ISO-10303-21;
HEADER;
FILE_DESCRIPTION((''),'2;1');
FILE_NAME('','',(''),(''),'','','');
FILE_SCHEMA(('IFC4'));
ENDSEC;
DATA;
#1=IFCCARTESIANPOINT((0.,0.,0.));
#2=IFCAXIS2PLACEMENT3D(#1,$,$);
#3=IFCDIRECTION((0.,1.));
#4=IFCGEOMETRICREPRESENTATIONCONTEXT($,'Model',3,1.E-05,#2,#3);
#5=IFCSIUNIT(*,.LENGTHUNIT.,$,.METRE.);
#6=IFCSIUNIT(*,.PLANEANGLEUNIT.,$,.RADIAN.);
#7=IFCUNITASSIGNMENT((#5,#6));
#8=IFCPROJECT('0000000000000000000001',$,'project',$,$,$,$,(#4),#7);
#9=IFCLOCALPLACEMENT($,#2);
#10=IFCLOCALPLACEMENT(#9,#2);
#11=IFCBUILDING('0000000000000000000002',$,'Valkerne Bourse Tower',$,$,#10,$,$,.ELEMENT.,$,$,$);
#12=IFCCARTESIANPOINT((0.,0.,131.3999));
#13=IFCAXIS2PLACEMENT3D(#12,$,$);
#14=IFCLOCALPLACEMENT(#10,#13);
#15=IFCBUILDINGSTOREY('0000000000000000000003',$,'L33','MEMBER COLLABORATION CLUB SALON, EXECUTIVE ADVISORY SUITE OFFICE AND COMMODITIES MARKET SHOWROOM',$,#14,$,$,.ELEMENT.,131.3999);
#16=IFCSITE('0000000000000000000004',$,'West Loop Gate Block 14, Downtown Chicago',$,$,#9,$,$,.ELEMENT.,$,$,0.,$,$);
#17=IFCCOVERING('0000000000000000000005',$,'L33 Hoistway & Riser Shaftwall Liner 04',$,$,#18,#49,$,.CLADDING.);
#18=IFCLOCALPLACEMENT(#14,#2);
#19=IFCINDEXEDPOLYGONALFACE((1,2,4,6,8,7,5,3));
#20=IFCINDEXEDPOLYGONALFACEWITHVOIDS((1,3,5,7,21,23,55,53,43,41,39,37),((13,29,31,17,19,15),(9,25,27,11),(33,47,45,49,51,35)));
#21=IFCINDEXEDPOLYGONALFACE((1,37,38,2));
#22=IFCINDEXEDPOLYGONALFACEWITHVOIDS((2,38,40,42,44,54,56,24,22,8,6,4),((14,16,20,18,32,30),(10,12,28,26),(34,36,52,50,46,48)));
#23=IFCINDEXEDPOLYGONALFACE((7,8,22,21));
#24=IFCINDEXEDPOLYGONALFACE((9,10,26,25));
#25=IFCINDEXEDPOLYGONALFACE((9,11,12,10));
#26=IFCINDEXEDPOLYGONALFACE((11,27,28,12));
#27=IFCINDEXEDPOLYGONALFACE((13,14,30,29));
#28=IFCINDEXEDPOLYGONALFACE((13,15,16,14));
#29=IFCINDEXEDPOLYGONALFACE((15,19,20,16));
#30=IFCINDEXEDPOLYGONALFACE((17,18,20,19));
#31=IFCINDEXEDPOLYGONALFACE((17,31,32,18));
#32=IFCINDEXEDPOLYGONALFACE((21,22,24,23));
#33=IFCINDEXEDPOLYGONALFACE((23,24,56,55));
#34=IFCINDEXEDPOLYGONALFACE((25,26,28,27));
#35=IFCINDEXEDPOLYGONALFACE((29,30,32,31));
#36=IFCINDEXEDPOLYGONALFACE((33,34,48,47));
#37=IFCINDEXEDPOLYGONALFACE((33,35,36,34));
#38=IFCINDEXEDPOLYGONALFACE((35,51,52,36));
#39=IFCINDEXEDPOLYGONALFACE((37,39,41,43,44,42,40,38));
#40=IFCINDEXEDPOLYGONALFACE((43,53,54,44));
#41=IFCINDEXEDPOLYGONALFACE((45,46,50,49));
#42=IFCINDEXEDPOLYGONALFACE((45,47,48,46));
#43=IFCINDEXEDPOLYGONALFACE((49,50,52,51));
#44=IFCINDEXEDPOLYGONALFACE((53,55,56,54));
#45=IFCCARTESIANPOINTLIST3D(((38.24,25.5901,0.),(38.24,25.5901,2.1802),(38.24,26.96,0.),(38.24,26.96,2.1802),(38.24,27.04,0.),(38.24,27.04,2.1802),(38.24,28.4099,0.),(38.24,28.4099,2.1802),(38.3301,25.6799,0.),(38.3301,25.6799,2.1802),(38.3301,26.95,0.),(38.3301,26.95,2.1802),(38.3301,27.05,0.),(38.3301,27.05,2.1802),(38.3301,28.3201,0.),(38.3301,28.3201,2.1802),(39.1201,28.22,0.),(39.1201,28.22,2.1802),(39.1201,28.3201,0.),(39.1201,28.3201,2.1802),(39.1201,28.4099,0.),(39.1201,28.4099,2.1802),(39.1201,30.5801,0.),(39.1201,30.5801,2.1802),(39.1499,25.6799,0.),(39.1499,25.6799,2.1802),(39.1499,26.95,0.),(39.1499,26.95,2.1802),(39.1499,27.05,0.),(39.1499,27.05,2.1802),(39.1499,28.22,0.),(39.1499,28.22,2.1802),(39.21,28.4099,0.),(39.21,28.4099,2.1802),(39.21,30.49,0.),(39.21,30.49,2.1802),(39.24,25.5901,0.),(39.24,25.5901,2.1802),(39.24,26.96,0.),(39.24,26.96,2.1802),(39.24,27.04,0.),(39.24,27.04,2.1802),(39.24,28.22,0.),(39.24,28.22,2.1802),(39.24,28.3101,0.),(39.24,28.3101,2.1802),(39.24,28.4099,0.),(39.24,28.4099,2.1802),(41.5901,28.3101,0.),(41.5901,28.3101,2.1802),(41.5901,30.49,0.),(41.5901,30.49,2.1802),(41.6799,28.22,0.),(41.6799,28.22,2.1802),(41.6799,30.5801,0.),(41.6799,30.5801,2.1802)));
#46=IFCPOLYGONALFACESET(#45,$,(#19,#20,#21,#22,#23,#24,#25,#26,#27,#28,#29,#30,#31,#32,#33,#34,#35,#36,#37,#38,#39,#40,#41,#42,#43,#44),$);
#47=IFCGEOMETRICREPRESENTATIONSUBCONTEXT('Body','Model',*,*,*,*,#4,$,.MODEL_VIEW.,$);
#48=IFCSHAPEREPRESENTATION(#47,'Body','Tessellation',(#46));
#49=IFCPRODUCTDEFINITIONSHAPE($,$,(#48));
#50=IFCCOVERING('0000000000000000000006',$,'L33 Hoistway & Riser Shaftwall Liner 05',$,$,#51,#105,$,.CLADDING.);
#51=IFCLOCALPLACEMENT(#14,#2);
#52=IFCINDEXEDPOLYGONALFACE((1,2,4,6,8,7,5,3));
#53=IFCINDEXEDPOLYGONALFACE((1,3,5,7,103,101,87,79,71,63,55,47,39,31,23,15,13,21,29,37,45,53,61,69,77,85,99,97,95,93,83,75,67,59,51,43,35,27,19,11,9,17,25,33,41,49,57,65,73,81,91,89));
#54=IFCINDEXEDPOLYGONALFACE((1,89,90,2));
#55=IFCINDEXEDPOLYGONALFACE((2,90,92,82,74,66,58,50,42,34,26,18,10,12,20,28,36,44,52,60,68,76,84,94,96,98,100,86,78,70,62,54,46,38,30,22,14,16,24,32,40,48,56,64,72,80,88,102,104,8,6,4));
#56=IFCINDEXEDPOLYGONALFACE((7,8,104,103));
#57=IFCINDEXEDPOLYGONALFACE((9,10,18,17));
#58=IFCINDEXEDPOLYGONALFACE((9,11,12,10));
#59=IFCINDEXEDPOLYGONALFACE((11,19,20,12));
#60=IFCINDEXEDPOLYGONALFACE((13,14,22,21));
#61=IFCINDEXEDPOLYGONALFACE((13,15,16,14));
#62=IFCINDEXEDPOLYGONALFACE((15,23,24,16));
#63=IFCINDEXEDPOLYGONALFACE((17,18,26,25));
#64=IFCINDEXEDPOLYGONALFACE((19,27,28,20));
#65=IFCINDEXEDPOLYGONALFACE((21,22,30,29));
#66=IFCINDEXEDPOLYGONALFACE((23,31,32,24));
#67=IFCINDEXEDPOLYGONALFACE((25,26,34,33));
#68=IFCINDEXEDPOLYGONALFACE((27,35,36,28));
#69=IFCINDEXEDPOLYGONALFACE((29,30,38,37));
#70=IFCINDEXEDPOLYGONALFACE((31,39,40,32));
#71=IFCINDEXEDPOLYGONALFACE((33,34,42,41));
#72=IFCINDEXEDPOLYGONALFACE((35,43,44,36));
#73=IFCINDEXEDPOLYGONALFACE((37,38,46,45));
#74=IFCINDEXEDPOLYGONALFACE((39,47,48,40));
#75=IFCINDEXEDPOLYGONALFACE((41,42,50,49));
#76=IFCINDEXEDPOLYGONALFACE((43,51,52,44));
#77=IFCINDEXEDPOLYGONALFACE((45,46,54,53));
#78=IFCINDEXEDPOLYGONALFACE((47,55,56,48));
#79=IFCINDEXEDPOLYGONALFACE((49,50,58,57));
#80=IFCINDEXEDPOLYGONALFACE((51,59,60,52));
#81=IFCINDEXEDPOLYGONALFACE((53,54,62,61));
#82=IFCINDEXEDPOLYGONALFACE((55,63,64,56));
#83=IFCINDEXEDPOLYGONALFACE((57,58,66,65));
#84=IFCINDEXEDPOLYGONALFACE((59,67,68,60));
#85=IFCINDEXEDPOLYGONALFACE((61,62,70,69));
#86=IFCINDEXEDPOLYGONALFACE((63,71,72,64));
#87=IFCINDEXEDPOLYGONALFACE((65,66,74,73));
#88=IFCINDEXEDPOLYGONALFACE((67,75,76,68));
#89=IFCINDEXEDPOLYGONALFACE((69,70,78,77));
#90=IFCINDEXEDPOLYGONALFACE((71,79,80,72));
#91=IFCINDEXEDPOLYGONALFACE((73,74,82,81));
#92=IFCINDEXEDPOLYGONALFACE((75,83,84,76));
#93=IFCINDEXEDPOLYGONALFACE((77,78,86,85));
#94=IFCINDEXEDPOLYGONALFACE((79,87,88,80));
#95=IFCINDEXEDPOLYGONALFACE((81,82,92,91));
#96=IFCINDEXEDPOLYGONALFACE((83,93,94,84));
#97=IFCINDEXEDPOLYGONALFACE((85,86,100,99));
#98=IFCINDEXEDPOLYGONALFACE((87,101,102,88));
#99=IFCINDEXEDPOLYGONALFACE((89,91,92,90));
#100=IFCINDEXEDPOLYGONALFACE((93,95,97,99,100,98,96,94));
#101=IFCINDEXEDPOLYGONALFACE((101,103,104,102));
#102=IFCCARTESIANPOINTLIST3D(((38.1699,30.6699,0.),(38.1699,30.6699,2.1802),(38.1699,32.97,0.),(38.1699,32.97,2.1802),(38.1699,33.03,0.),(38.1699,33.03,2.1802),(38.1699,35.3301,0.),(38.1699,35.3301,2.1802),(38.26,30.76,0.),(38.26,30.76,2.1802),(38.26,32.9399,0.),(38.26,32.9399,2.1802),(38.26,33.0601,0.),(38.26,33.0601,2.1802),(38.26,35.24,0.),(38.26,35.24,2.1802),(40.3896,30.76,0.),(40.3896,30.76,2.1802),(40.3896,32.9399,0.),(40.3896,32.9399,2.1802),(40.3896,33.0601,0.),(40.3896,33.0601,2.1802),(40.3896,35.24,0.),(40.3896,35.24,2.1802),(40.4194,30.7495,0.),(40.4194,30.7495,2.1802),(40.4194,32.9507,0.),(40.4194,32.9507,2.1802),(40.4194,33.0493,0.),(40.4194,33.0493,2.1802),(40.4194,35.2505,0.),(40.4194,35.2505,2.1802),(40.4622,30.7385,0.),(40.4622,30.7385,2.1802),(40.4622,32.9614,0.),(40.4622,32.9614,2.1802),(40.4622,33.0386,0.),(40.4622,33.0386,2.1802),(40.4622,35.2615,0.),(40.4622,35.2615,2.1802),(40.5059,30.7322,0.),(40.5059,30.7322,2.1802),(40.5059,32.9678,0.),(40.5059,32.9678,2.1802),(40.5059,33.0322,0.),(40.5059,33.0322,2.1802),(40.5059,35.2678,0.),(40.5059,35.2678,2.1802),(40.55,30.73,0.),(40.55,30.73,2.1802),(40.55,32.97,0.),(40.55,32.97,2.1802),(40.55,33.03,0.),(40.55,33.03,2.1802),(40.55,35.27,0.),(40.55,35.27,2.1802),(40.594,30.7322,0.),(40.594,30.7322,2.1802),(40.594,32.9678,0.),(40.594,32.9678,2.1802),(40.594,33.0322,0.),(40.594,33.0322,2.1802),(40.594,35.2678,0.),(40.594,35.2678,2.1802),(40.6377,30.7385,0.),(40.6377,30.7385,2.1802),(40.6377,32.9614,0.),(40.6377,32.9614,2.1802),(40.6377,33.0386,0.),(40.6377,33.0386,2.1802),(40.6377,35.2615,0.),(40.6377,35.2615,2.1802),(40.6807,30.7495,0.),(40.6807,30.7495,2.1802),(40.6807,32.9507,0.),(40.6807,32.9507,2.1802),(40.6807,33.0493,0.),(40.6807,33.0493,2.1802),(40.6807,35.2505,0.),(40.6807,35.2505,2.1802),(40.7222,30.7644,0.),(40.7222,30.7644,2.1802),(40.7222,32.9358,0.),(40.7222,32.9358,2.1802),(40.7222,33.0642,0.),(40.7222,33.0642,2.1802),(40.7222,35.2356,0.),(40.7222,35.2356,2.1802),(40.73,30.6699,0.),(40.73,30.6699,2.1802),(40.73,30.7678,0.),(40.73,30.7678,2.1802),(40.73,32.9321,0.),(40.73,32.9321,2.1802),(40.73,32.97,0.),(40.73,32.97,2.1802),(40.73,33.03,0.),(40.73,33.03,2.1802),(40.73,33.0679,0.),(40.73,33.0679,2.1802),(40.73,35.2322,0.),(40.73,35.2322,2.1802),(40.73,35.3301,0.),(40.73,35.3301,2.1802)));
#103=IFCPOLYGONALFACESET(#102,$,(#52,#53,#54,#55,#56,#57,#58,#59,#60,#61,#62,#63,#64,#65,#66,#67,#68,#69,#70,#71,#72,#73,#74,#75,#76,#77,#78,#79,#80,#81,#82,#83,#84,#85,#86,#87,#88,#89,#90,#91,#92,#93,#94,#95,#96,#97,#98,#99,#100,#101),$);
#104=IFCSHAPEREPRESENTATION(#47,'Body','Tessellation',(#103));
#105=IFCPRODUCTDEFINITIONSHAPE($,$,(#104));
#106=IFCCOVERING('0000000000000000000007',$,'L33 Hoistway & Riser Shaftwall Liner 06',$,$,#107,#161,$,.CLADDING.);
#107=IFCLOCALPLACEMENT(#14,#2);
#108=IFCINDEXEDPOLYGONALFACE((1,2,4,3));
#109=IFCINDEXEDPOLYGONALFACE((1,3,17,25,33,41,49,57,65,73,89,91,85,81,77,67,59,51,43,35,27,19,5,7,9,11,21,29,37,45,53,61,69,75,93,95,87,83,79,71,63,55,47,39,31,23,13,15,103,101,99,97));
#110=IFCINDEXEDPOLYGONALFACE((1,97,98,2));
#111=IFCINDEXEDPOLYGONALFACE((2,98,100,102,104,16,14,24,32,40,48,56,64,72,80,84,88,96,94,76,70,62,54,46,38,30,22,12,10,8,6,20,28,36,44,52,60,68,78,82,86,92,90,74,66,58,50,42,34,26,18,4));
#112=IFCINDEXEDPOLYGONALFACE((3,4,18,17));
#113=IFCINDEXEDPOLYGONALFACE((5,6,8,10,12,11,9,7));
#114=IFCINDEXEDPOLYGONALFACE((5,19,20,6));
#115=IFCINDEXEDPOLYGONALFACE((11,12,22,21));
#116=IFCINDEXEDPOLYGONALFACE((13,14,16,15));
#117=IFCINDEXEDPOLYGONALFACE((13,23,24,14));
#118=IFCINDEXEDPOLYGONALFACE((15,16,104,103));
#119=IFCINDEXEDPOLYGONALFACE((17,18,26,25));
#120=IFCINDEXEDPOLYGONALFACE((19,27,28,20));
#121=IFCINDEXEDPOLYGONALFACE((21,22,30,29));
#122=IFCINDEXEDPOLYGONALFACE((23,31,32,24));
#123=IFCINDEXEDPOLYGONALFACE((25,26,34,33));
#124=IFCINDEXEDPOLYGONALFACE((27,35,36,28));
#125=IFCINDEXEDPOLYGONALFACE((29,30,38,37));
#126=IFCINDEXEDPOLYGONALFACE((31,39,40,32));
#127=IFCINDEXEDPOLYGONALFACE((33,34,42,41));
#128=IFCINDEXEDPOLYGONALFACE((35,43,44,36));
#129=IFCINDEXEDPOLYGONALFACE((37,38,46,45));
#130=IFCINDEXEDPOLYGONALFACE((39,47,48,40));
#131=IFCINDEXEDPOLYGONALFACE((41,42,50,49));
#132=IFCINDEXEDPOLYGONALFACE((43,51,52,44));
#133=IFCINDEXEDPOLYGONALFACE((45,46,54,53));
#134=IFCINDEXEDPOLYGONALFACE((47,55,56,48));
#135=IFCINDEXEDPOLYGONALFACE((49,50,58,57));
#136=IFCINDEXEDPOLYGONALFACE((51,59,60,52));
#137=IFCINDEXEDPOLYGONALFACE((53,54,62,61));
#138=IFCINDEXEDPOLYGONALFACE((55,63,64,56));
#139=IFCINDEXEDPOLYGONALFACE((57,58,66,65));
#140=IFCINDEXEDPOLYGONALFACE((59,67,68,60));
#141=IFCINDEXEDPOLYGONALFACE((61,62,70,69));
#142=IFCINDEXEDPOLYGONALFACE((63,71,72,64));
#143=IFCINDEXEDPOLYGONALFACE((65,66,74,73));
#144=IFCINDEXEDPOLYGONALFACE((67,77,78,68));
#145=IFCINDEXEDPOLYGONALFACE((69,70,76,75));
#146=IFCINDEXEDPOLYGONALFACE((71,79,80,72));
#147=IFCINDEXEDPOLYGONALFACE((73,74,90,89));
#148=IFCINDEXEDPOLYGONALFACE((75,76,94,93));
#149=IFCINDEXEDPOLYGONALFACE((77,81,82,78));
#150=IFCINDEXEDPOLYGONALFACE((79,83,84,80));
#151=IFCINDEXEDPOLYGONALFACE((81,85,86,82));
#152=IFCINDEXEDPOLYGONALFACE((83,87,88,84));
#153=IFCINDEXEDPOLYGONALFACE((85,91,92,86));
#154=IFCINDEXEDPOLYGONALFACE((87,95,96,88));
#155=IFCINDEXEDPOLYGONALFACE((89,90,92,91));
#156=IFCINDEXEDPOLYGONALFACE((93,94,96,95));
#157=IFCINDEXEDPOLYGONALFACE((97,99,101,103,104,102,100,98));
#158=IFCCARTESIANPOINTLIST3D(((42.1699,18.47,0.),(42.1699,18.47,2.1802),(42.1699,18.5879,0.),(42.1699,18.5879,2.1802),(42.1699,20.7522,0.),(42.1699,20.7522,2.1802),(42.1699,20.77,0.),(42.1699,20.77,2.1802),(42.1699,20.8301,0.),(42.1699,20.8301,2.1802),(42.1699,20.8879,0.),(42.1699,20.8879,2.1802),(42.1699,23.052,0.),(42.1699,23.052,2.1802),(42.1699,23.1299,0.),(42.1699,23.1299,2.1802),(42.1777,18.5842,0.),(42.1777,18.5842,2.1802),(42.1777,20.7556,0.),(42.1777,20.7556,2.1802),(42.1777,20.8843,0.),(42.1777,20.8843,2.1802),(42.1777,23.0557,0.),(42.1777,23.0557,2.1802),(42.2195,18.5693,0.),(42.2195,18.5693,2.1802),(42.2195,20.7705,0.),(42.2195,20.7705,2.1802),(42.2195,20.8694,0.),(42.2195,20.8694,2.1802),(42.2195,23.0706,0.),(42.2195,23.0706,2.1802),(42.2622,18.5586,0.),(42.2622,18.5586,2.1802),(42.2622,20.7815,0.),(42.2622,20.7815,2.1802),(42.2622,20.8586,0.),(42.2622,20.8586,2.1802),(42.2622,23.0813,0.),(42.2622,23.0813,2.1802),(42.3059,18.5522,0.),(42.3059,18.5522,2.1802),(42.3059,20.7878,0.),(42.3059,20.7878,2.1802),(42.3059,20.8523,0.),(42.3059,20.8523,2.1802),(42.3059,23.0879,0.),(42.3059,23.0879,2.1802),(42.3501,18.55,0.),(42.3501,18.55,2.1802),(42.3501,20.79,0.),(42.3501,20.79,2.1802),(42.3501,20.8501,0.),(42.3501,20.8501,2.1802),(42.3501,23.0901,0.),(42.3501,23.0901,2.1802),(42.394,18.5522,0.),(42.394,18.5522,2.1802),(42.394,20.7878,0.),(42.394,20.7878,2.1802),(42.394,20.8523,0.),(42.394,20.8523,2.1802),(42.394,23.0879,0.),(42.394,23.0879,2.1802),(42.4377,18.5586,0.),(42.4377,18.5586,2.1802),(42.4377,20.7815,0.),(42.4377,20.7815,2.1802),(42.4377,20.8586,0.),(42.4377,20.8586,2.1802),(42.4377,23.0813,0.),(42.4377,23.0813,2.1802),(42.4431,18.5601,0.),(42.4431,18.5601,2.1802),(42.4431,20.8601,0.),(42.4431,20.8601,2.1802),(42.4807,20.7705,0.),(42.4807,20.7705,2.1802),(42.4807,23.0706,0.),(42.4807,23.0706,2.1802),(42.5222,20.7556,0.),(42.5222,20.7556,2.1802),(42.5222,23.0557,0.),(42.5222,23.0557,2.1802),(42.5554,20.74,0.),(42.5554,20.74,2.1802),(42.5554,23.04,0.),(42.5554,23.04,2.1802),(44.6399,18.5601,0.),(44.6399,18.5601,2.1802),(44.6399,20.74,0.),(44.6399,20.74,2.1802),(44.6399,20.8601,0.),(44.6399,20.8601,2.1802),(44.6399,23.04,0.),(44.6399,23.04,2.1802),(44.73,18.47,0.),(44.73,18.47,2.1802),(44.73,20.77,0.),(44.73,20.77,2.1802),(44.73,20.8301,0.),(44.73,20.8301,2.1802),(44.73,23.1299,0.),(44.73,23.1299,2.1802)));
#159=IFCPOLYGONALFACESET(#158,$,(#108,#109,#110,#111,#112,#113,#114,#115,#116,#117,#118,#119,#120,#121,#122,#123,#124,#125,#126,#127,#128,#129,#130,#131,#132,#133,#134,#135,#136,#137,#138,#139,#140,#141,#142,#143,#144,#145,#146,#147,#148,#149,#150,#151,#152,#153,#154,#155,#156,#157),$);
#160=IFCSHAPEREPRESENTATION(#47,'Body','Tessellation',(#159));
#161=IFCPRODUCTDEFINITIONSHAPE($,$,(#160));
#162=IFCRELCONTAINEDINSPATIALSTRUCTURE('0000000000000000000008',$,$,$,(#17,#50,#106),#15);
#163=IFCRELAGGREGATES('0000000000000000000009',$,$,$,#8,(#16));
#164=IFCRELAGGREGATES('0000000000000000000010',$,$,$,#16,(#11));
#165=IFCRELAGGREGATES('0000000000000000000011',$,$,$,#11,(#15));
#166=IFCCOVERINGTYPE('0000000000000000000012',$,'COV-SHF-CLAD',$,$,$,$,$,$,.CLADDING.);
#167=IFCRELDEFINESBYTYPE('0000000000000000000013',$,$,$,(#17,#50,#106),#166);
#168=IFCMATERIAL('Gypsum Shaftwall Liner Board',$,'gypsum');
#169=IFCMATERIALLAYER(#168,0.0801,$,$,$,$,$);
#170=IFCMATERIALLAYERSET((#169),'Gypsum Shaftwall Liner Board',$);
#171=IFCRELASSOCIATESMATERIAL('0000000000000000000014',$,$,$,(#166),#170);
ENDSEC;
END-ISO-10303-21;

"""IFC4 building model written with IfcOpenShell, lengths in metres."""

from ifc_helpers import new_model, si_unit, direction, frame, origin, place, context, subcontext, project, spatial, polyline, outline, extrude, material, layer, layer_set, type_object, element, save


model = new_model("IFC4")

# Units and contexts
model_context = context("Model", 3, precision=1e-05, world=origin(), true_north=direction((0.0, 1.0)))
body_context = subcontext(model_context, "Body", "Model", "MODEL_VIEW")
ifc_project = project(units=[si_unit("LENGTHUNIT", "METRE"), si_unit("PLANEANGLEUNIT", "RADIAN")], contexts=[model_context])

# Site, building, storey
site_placement = place(None, origin())
site = spatial("IfcSite", under=ifc_project, at=site_placement, Name="West Loop Gate Block 14, Downtown Chicago", CompositionType="ELEMENT", RefElevation=0.0)
building_placement = place(site_placement, origin())
building = spatial("IfcBuilding", under=site, at=building_placement, Name="Valkerne Bourse Tower", CompositionType="ELEMENT")
storey_placement = place(building_placement, frame((0.0, 0.0, 131.3999)))
storey = spatial("IfcBuildingStorey", under=building, at=storey_placement, Name="L33", Description="MEMBER COLLABORATION CLUB SALON, EXECUTIVE ADVISORY SUITE OFFICE AND COMMODITIES MARKET SHOWROOM", CompositionType="ELEMENT", Elevation=131.3999)

# Coverings
ifc_material_1 = material(Name="Gypsum Shaftwall Liner Board", Category="gypsum")
ifc_layer_1 = layer(ifc_material_1, 0.0801)
ifc_layer_set_1 = layer_set([ifc_layer_1], Name="Gypsum Shaftwall Liner Board")
covering_type_1 = type_object("IfcCoveringType", Name="COV-SHF-CLAD", PredefinedType="CLADDING", material=ifc_layer_set_1)
covering_1_placement = place(storey_placement, origin())
element("IfcCovering", 1, at=covering_1_placement, inside=storey, type_object=covering_type_1, Name="L33 Hoistway & Riser Shaftwall Liner 04", PredefinedType="CLADDING", context=body_context, shape_type="SweptSolid", body=[
    extrude(outline(polyline([(38.24, 28.4099), (39.1201, 28.4099), (39.1201, 30.5801), (41.6799, 30.5801), (41.6799, 28.22), (39.24, 28.22), (39.24, 27.04), (39.24, 26.96), (39.24, 25.5901), (38.24, 25.5901), (38.24, 26.96), (38.24, 27.04), (38.24, 28.4099)]), holes=[polyline([(39.21, 30.49), (39.21, 28.4099), (39.24, 28.4099), (39.24, 28.3101), (41.5901, 28.3101), (41.5901, 30.49), (39.21, 30.49)]), polyline([(38.3301, 26.95), (38.3301, 25.6799), (39.1499, 25.6799), (39.1499, 26.95), (38.3301, 26.95)]), polyline([(39.1201, 28.22), (39.1201, 28.3201), (38.3301, 28.3201), (38.3301, 27.05), (39.1499, 27.05), (39.1499, 28.22), (39.1201, 28.22)])]), origin(), (0.0, 0.0, 1.0), 2.1802),
])
covering_2_placement = place(storey_placement, origin())
element("IfcCovering", 2, at=covering_2_placement, inside=storey, type_object=covering_type_1, Name="L33 Hoistway & Riser Shaftwall Liner 05", PredefinedType="CLADDING", context=body_context, shape_type="SweptSolid", body=[
    extrude(outline(polyline([(38.1699, 35.3301), (40.73, 35.3301), (40.73, 35.2322), (40.7222, 35.2356), (40.6807, 35.2505), (40.6377, 35.2615), (40.594, 35.2678), (40.55, 35.27), (40.5059, 35.2678), (40.4622, 35.2615), (40.4194, 35.2505), (40.3896, 35.24), (38.26, 35.24), (38.26, 33.0601), (40.3896, 33.0601), (40.4194, 33.0493), (40.4622, 33.0386), (40.5059, 33.0322), (40.55, 33.03), (40.594, 33.0322), (40.6377, 33.0386), (40.6807, 33.0493), (40.7222, 33.0642), (40.73, 33.0679), (40.73, 33.03), (40.73, 32.97), (40.73, 32.9321), (40.7222, 32.9358), (40.6807, 32.9507), (40.6377, 32.9614), (40.594, 32.9678), (40.55, 32.97), (40.5059, 32.9678), (40.4622, 32.9614), (40.4194, 32.9507), (40.3896, 32.9399), (38.26, 32.9399), (38.26, 30.76), (40.3896, 30.76), (40.4194, 30.7495), (40.4622, 30.7385), (40.5059, 30.7322), (40.55, 30.73), (40.594, 30.7322), (40.6377, 30.7385), (40.6807, 30.7495), (40.7222, 30.7644), (40.73, 30.7678), (40.73, 30.6699), (38.1699, 30.6699), (38.1699, 32.97), (38.1699, 33.03), (38.1699, 35.3301)])), origin(), (0.0, 0.0, 1.0), 2.1802),
])
covering_3_placement = place(storey_placement, origin())
element("IfcCovering", 3, at=covering_3_placement, inside=storey, type_object=covering_type_1, Name="L33 Hoistway & Riser Shaftwall Liner 06", PredefinedType="CLADDING", context=body_context, shape_type="SweptSolid", body=[
    extrude(outline(polyline([(42.1699, 20.8301), (42.1699, 20.8879), (42.1777, 20.8843), (42.2195, 20.8694), (42.2622, 20.8586), (42.3059, 20.8523), (42.3501, 20.8501), (42.394, 20.8523), (42.4377, 20.8586), (42.4431, 20.8601), (44.6399, 20.8601), (44.6399, 23.04), (42.5554, 23.04), (42.5222, 23.0557), (42.4807, 23.0706), (42.4377, 23.0813), (42.394, 23.0879), (42.3501, 23.0901), (42.3059, 23.0879), (42.2622, 23.0813), (42.2195, 23.0706), (42.1777, 23.0557), (42.1699, 23.052), (42.1699, 23.1299), (44.73, 23.1299), (44.73, 20.8301), (44.73, 20.77), (44.73, 18.47), (42.1699, 18.47), (42.1699, 18.5879), (42.1777, 18.5842), (42.2195, 18.5693), (42.2622, 18.5586), (42.3059, 18.5522), (42.3501, 18.55), (42.394, 18.5522), (42.4377, 18.5586), (42.4431, 18.5601), (44.6399, 18.5601), (44.6399, 20.74), (42.5554, 20.74), (42.5222, 20.7556), (42.4807, 20.7705), (42.4377, 20.7815), (42.394, 20.7878), (42.3501, 20.79), (42.3059, 20.7878), (42.2622, 20.7815), (42.2195, 20.7705), (42.1777, 20.7556), (42.1699, 20.7522), (42.1699, 20.77), (42.1699, 20.8301)])), origin(), (0.0, 0.0, 1.0), 2.1802),
])

save(model, "model.ifc")
